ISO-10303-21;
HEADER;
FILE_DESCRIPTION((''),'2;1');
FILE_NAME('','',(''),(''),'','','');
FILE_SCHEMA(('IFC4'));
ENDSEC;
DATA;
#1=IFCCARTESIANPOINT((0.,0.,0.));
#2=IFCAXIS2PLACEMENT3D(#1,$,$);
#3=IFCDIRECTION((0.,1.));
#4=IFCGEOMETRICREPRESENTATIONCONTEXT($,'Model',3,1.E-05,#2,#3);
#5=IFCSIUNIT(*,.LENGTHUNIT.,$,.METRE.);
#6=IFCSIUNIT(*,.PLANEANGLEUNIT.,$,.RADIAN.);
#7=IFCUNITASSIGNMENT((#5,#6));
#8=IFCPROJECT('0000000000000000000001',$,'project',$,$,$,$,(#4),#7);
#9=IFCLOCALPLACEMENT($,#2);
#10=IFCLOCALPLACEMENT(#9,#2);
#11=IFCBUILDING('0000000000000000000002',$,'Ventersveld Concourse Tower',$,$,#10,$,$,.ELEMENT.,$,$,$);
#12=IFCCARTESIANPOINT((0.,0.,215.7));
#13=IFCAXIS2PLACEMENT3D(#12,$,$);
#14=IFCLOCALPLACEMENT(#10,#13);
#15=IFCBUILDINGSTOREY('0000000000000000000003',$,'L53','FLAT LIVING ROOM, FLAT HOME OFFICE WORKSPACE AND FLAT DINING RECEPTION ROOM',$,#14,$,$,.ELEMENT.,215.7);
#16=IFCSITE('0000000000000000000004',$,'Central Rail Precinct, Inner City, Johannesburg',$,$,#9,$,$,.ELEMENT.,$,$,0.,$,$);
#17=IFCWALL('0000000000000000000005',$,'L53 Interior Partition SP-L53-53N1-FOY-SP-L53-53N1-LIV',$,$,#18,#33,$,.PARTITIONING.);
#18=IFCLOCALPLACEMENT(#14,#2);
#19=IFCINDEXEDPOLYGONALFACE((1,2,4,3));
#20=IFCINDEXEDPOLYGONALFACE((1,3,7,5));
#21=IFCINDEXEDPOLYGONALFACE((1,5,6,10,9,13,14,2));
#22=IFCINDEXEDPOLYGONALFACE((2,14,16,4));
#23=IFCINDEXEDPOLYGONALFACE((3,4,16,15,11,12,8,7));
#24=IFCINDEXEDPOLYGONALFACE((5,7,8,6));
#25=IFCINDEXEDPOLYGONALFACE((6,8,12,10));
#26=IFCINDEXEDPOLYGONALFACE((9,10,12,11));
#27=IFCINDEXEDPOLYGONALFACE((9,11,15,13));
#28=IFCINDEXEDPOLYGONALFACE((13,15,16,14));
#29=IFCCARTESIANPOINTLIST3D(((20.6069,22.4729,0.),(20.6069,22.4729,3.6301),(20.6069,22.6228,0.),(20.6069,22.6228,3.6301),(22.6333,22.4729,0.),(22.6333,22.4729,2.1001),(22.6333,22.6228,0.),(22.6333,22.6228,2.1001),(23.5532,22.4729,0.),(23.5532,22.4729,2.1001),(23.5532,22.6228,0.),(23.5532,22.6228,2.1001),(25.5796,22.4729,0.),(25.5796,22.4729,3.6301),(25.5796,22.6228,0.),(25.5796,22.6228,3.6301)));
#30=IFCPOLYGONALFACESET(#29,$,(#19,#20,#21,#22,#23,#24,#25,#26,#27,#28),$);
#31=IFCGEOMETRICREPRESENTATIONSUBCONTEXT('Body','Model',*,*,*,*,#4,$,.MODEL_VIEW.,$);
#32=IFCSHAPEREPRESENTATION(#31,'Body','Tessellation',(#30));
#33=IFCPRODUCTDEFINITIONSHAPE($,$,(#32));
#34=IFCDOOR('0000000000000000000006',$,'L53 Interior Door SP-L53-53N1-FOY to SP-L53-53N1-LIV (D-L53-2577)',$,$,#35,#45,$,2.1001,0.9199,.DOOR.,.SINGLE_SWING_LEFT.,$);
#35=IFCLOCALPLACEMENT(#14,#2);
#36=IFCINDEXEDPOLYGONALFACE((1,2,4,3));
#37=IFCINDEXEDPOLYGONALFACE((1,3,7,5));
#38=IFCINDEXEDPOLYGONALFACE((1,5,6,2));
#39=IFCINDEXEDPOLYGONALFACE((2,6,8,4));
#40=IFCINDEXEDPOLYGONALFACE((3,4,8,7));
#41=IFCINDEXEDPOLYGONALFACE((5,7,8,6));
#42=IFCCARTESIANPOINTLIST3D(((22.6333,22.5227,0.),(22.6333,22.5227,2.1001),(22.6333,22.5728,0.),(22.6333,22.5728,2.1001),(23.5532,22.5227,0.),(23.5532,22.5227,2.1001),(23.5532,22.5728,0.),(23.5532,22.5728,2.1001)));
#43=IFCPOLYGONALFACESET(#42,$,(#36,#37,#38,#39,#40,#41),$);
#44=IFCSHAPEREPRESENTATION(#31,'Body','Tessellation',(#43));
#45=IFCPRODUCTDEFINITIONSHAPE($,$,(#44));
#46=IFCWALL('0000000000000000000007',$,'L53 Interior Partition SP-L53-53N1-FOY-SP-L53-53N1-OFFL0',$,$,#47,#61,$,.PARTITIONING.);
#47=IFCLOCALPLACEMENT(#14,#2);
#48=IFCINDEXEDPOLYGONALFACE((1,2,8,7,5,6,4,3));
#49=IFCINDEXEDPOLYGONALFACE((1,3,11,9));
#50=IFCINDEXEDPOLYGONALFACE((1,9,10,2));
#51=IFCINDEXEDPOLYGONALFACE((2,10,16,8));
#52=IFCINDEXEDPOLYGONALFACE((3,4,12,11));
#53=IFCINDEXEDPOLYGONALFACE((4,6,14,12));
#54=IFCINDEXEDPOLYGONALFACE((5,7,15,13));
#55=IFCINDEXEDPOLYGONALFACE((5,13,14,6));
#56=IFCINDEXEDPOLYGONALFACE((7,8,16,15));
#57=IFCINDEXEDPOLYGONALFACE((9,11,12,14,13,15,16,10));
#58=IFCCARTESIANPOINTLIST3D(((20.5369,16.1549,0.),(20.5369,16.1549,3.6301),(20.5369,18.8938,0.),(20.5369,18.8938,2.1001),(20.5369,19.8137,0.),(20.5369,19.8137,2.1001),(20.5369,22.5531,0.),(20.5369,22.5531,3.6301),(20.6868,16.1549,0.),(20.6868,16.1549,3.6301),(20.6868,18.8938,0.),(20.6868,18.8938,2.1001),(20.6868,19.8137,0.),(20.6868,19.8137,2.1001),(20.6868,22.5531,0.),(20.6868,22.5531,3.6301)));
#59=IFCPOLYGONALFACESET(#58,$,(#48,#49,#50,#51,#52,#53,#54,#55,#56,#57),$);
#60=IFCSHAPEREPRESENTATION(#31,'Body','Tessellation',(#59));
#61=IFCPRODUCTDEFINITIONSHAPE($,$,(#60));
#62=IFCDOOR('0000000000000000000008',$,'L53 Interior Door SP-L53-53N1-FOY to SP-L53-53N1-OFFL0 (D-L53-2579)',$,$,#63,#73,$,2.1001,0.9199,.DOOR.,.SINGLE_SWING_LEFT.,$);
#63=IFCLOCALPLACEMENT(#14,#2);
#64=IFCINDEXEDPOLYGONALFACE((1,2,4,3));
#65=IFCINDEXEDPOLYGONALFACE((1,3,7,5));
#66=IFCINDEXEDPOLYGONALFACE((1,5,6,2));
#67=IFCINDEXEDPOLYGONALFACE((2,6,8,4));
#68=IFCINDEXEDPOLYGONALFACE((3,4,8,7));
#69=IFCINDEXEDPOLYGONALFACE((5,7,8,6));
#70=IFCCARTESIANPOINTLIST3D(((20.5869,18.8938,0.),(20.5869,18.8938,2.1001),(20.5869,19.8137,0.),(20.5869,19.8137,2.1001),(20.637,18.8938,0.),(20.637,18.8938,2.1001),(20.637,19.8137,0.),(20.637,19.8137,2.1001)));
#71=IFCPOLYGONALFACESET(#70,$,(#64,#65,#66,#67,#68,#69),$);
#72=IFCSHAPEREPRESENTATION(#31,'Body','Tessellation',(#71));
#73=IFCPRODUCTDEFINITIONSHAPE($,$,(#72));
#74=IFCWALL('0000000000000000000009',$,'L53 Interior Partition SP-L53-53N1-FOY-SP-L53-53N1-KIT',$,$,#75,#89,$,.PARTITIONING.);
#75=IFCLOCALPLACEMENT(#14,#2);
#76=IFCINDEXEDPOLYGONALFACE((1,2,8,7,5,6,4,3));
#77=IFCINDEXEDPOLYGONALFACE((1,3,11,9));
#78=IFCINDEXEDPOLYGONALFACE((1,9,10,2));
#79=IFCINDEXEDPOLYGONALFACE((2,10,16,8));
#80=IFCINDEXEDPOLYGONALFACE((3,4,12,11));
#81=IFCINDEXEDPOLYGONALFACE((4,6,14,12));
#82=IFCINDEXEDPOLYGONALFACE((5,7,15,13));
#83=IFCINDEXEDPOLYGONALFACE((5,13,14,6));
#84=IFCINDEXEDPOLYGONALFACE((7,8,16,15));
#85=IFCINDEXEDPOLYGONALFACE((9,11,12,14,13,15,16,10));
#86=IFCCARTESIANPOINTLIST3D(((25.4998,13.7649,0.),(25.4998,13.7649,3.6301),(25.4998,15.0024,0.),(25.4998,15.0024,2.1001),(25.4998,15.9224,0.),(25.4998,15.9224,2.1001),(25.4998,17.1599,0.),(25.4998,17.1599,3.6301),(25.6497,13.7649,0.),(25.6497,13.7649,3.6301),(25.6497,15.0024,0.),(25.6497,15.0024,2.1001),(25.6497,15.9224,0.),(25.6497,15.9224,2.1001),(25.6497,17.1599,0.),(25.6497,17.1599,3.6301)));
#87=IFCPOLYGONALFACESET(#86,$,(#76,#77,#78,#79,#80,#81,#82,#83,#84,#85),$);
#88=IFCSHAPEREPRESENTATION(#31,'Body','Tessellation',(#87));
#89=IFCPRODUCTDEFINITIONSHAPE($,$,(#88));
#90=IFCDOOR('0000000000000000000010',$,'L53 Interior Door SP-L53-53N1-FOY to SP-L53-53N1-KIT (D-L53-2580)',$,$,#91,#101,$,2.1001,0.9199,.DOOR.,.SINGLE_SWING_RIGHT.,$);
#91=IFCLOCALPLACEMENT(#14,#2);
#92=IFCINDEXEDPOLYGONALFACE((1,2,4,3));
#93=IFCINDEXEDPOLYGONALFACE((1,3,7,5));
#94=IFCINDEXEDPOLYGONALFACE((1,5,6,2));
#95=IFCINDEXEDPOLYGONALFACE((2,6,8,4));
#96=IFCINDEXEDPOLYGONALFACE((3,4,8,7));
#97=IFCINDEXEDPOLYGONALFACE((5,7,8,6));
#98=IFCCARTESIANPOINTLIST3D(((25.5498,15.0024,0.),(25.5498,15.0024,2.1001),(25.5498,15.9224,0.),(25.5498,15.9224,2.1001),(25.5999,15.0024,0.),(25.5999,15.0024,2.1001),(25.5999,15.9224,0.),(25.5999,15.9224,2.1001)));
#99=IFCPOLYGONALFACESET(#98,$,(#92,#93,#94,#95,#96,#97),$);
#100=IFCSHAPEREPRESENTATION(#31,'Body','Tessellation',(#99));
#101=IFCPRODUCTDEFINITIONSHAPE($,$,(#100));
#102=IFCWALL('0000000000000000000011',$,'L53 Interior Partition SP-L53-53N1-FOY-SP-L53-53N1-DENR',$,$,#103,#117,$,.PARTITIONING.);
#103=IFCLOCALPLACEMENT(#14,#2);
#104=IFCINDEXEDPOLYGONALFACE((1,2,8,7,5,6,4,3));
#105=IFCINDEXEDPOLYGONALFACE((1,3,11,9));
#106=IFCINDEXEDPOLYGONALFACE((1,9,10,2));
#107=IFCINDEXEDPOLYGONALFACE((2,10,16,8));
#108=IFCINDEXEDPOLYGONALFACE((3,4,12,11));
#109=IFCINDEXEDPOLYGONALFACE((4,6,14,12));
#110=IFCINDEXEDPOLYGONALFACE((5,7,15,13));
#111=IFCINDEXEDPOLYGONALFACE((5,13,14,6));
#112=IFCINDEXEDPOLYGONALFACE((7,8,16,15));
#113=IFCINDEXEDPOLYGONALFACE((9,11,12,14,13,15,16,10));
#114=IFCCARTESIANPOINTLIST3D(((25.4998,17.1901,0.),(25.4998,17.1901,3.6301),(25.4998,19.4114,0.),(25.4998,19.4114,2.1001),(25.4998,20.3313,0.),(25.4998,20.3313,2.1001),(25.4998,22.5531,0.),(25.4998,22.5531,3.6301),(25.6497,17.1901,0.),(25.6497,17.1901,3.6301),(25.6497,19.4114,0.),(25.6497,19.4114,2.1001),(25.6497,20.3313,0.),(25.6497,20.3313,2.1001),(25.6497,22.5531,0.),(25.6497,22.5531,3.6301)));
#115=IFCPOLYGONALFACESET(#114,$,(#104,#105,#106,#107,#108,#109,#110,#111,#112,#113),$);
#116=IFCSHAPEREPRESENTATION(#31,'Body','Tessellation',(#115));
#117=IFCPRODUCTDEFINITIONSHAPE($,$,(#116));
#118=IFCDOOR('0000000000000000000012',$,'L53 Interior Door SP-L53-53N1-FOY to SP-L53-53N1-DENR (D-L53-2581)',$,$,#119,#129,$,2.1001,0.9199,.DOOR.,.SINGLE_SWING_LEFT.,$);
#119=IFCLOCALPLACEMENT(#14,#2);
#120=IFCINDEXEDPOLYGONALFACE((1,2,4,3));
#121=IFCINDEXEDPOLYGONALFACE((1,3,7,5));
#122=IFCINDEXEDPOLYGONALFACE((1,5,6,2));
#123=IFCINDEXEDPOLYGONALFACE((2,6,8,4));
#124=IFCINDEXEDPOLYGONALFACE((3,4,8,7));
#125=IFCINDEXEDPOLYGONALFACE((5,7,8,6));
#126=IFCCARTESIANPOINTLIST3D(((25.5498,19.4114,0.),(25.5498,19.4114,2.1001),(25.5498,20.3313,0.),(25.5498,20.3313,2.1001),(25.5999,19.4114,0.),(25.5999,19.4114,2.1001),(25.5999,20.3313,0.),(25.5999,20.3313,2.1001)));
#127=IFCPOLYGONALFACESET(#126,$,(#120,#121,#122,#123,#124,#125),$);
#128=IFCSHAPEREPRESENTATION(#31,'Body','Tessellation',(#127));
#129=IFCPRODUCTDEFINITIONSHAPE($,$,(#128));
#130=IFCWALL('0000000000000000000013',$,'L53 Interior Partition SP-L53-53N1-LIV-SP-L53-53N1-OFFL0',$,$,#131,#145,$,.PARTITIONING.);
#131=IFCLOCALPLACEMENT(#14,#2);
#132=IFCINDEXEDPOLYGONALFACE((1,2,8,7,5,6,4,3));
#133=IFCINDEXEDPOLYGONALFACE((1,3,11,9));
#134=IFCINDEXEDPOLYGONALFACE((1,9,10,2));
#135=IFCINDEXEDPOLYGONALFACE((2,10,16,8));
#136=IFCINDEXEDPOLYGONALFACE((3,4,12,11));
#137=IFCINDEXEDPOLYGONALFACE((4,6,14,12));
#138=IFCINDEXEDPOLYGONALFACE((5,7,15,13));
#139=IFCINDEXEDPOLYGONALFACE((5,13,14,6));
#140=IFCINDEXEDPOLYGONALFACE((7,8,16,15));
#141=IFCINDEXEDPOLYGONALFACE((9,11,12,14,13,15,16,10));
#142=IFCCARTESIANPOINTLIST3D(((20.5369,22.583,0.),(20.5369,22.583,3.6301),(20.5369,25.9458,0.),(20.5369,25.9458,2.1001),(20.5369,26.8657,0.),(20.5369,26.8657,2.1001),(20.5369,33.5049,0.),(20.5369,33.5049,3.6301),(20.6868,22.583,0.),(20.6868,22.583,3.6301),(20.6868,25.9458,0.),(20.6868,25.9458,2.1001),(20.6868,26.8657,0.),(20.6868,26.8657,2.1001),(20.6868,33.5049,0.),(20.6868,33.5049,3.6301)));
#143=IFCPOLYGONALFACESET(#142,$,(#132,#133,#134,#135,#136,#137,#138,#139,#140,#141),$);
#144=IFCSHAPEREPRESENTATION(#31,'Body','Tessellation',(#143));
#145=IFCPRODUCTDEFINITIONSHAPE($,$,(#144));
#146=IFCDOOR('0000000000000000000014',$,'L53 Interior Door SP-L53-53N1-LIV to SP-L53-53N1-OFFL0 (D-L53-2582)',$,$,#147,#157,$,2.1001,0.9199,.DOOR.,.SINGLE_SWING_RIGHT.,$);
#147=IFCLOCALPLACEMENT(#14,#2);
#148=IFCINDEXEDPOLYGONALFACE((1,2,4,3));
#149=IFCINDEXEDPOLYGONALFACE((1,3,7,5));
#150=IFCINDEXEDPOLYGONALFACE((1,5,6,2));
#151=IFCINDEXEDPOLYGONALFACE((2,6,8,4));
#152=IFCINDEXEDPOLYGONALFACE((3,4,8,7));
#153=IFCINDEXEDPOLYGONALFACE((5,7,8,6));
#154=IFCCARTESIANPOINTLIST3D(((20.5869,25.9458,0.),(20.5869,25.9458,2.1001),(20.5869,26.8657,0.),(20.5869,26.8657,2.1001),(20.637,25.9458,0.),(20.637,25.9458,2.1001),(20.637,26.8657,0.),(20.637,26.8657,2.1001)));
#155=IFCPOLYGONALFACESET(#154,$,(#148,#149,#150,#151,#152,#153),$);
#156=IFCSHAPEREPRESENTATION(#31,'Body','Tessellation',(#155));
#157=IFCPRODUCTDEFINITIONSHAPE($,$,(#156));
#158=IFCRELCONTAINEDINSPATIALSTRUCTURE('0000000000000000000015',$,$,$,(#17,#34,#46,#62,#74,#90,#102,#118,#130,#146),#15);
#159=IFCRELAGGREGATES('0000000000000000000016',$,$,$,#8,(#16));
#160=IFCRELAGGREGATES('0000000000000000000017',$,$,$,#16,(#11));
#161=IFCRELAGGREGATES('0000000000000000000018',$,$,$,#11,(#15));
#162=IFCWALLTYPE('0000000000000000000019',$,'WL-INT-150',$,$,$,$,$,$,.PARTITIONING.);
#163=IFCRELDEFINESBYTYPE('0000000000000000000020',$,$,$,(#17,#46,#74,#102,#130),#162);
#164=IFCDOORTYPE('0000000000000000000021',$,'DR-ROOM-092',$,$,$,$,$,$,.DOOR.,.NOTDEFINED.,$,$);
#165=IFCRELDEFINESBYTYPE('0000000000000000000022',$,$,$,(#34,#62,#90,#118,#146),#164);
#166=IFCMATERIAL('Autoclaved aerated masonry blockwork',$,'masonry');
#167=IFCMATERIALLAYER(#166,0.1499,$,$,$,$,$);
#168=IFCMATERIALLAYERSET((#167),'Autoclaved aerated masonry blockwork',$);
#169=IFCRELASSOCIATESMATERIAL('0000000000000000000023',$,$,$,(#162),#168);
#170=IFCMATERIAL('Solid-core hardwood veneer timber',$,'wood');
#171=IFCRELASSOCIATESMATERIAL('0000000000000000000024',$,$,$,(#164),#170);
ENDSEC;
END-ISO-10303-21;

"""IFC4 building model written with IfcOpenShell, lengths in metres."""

from ifc_helpers import new_model, si_unit, direction, frame, frame_2d, origin, place, context, subcontext, project, spatial, rectangle, extrude, material, layer, layer_set, type_object, element, fill, save


model = new_model("IFC4")

# Units and contexts
model_context = context("Model", 3, precision=1e-05, world=origin(), true_north=direction((0.0, 1.0)))
body_context = subcontext(model_context, "Body", "Model", "MODEL_VIEW")
ifc_project = project(units=[si_unit("LENGTHUNIT", "METRE"), si_unit("PLANEANGLEUNIT", "RADIAN")], contexts=[model_context])

# Site, building, storey
site_placement = place(None, origin())
site = spatial("IfcSite", under=ifc_project, at=site_placement, Name="Central Rail Precinct, Inner City, Johannesburg", CompositionType="ELEMENT", RefElevation=0.0)
building_placement = place(site_placement, origin())
building = spatial("IfcBuilding", under=site, at=building_placement, Name="Ventersveld Concourse Tower", CompositionType="ELEMENT")
storey_placement = place(building_placement, frame((0.0, 0.0, 215.7)))
storey = spatial("IfcBuildingStorey", under=building, at=storey_placement, Name="L53", Description="FLAT LIVING ROOM, FLAT HOME OFFICE WORKSPACE AND FLAT DINING RECEPTION ROOM", CompositionType="ELEMENT", Elevation=215.7)

# Shared definitions
ifc_material_1 = material(Name="Solid-core hardwood veneer timber", Category="wood")

# Walls, openings, doors
ifc_material_2 = material(Name="Autoclaved aerated masonry blockwork", Category="masonry")
ifc_layer_1 = layer(ifc_material_2, 0.1499)
ifc_layer_set_1 = layer_set([ifc_layer_1], Name="Autoclaved aerated masonry blockwork")
wall_type_1 = type_object("IfcWallType", Name="WL-INT-150", PredefinedType="PARTITIONING", material=ifc_layer_set_1)
wall_1_placement = place(storey_placement, frame((20.6069, 22.5479, 0.0), z_axis=(0.0, 0.0, 1.0), x_axis=(1.0, 0.0, 0.0)))
wall_1 = element("IfcWall", 1, at=wall_1_placement, inside=storey, type_object=wall_type_1, Name="L53 Interior Partition SP-L53-53N1-FOY-SP-L53-53N1-LIV", PredefinedType="PARTITIONING", context=body_context, shape_type="SweptSolid", body=[
    extrude(rectangle(XDim=4.9727, YDim=0.1499, at=frame_2d((2.4863, 0.0))), origin(), (0.0, 0.0, 1.0), 3.6301),
])
opening_1_placement = place(wall_1_placement, frame((2.0264, 0.0, 0.0)))
opening_1 = element("IfcOpeningElement", 2, at=opening_1_placement, cuts=wall_1, PredefinedType="OPENING", context=body_context, shape_type="SweptSolid", body=[
    extrude(rectangle(XDim=0.9199, YDim=2.1001, at=frame_2d((0.46, 1.05))), frame((0.0, 0.085, 0.0), z_axis=(0.0, -1.0, 0.0), x_axis=(1.0, 0.0, 0.0)), (0.0, 0.0, 1.0), 0.1699),
])
door_type_1 = type_object("IfcDoorType", Name="DR-ROOM-092", OperationType="NOTDEFINED", PredefinedType="DOOR", material=ifc_material_1)
door_1_placement = place(opening_1_placement, origin())
door_1 = element("IfcDoor", 3, at=door_1_placement, inside=storey, type_object=door_type_1, Name="L53 Interior Door SP-L53-53N1-FOY to SP-L53-53N1-LIV (D-L53-2577)", OperationType="SINGLE_SWING_LEFT", OverallHeight=2.1001, OverallWidth=0.9199, PredefinedType="DOOR", context=body_context, shape_type="SweptSolid", body=[
    extrude(rectangle(XDim=0.9199, YDim=2.1001, at=frame_2d((0.46, 1.05))), frame((0.0, 0.0249, 0.0), z_axis=(0.0, -1.0, 0.0), x_axis=(1.0, 0.0, 0.0)), (0.0, 0.0, 1.0), 0.05),
])
fill(opening_1, door_1)
wall_2_placement = place(storey_placement, frame((20.6118, 16.1548, 0.0), z_axis=(0.0, 0.0, 1.0), x_axis=(0.0, 1.0, 0.0)))
wall_2 = element("IfcWall", 4, at=wall_2_placement, inside=storey, type_object=wall_type_1, Name="L53 Interior Partition SP-L53-53N1-FOY-SP-L53-53N1-OFFL0", PredefinedType="PARTITIONING", context=body_context, shape_type="SweptSolid", body=[
    extrude(rectangle(XDim=6.3982, YDim=0.1499, at=frame_2d((3.1992, 0.0))), origin(), (0.0, 0.0, 1.0), 3.6301),
])
opening_2_placement = place(wall_2_placement, frame((2.739, 0.0, 0.0)))
opening_2 = element("IfcOpeningElement", 5, at=opening_2_placement, cuts=wall_2, PredefinedType="OPENING", context=body_context, shape_type="SweptSolid", body=[
    extrude(rectangle(XDim=0.9199, YDim=2.1001, at=frame_2d((0.46, 1.05))), frame((0.0, 0.085, 0.0), z_axis=(0.0, -1.0, 0.0), x_axis=(1.0, 0.0, 0.0)), (0.0, 0.0, 1.0), 0.1699),
])
door_2_placement = place(opening_2_placement, origin())
door_2 = element("IfcDoor", 6, at=door_2_placement, inside=storey, type_object=door_type_1, Name="L53 Interior Door SP-L53-53N1-FOY to SP-L53-53N1-OFFL0 (D-L53-2579)", OperationType="SINGLE_SWING_LEFT", OverallHeight=2.1001, OverallWidth=0.9199, PredefinedType="DOOR", context=body_context, shape_type="SweptSolid", body=[
    extrude(rectangle(XDim=0.9199, YDim=2.1001, at=frame_2d((0.46, 1.05))), frame((0.0, 0.0249, 0.0), z_axis=(0.0, -1.0, 0.0), x_axis=(1.0, 0.0, 0.0)), (0.0, 0.0, 1.0), 0.05),
])
fill(opening_2, door_2)
wall_3_placement = place(storey_placement, frame((25.5747, 13.7649, 0.0), z_axis=(0.0, 0.0, 1.0), x_axis=(0.0, 1.0, 0.0)))
wall_3 = element("IfcWall", 7, at=wall_3_placement, inside=storey, type_object=wall_type_1, Name="L53 Interior Partition SP-L53-53N1-FOY-SP-L53-53N1-KIT", PredefinedType="PARTITIONING", context=body_context, shape_type="SweptSolid", body=[
    extrude(rectangle(XDim=3.395, YDim=0.1499, at=frame_2d((1.6975, 0.0))), origin(), (0.0, 0.0, 1.0), 3.6301),
])
opening_3_placement = place(wall_3_placement, frame((1.2375, 0.0, 0.0)))
opening_3 = element("IfcOpeningElement", 8, at=opening_3_placement, cuts=wall_3, PredefinedType="OPENING", context=body_context, shape_type="SweptSolid", body=[
    extrude(rectangle(XDim=0.9199, YDim=2.1001, at=frame_2d((0.46, 1.05))), frame((0.0, 0.085, 0.0), z_axis=(0.0, -1.0, 0.0), x_axis=(1.0, 0.0, 0.0)), (0.0, 0.0, 1.0), 0.1699),
])
door_3_placement = place(opening_3_placement, origin())
door_3 = element("IfcDoor", 9, at=door_3_placement, inside=storey, type_object=door_type_1, Name="L53 Interior Door SP-L53-53N1-FOY to SP-L53-53N1-KIT (D-L53-2580)", OperationType="SINGLE_SWING_RIGHT", OverallHeight=2.1001, OverallWidth=0.9199, PredefinedType="DOOR", context=body_context, shape_type="SweptSolid", body=[
    extrude(rectangle(XDim=0.9199, YDim=2.1001, at=frame_2d((0.46, 1.05))), frame((0.0, 0.0249, 0.0), z_axis=(0.0, -1.0, 0.0), x_axis=(1.0, 0.0, 0.0)), (0.0, 0.0, 1.0), 0.05),
])
fill(opening_3, door_3)
wall_4_placement = place(storey_placement, frame((25.5747, 17.1899, 0.0), z_axis=(0.0, 0.0, 1.0), x_axis=(0.0, 1.0, 0.0)))
wall_4 = element("IfcWall", 10, at=wall_4_placement, inside=storey, type_object=wall_type_1, Name="L53 Interior Partition SP-L53-53N1-FOY-SP-L53-53N1-DENR", PredefinedType="PARTITIONING", context=body_context, shape_type="SweptSolid", body=[
    extrude(rectangle(XDim=5.363, YDim=0.1499, at=frame_2d((2.6816, 0.0))), origin(), (0.0, 0.0, 1.0), 3.6301),
])
opening_4_placement = place(wall_4_placement, frame((2.2214, 0.0, 0.0)))
opening_4 = element("IfcOpeningElement", 11, at=opening_4_placement, cuts=wall_4, PredefinedType="OPENING", context=body_context, shape_type="SweptSolid", body=[
    extrude(rectangle(XDim=0.9199, YDim=2.1001, at=frame_2d((0.46, 1.05))), frame((0.0, 0.085, 0.0), z_axis=(0.0, -1.0, 0.0), x_axis=(1.0, 0.0, 0.0)), (0.0, 0.0, 1.0), 0.1699),
])
door_4_placement = place(opening_4_placement, origin())
door_4 = element("IfcDoor", 12, at=door_4_placement, inside=storey, type_object=door_type_1, Name="L53 Interior Door SP-L53-53N1-FOY to SP-L53-53N1-DENR (D-L53-2581)", OperationType="SINGLE_SWING_LEFT", OverallHeight=2.1001, OverallWidth=0.9199, PredefinedType="DOOR", context=body_context, shape_type="SweptSolid", body=[
    extrude(rectangle(XDim=0.9199, YDim=2.1001, at=frame_2d((0.46, 1.05))), frame((0.0, 0.0249, 0.0), z_axis=(0.0, -1.0, 0.0), x_axis=(1.0, 0.0, 0.0)), (0.0, 0.0, 1.0), 0.05),
])
fill(opening_4, door_4)
wall_5_placement = place(storey_placement, frame((20.6118, 22.583, 0.0), z_axis=(0.0, 0.0, 1.0), x_axis=(0.0, 1.0, 0.0)))
wall_5 = element("IfcWall", 13, at=wall_5_placement, inside=storey, type_object=wall_type_1, Name="L53 Interior Partition SP-L53-53N1-LIV-SP-L53-53N1-OFFL0", PredefinedType="PARTITIONING", context=body_context, shape_type="SweptSolid", body=[
    extrude(rectangle(XDim=10.9219, YDim=0.1499, at=frame_2d((5.4609, 0.0))), origin(), (0.0, 0.0, 1.0), 3.6301),
])
opening_5_placement = place(wall_5_placement, frame((3.3628, 0.0, 0.0)))
opening_5 = element("IfcOpeningElement", 14, at=opening_5_placement, cuts=wall_5, PredefinedType="OPENING", context=body_context, shape_type="SweptSolid", body=[
    extrude(rectangle(XDim=0.9199, YDim=2.1001, at=frame_2d((0.46, 1.05))), frame((0.0, 0.085, 0.0), z_axis=(0.0, -1.0, 0.0), x_axis=(1.0, 0.0, 0.0)), (0.0, 0.0, 1.0), 0.1699),
])
door_5_placement = place(opening_5_placement, origin())
door_5 = element("IfcDoor", 15, at=door_5_placement, inside=storey, type_object=door_type_1, Name="L53 Interior Door SP-L53-53N1-LIV to SP-L53-53N1-OFFL0 (D-L53-2582)", OperationType="SINGLE_SWING_RIGHT", OverallHeight=2.1001, OverallWidth=0.9199, PredefinedType="DOOR", context=body_context, shape_type="SweptSolid", body=[
    extrude(rectangle(XDim=0.9199, YDim=2.1001, at=frame_2d((0.46, 1.05))), frame((0.0, 0.0249, 0.0), z_axis=(0.0, -1.0, 0.0), x_axis=(1.0, 0.0, 0.0)), (0.0, 0.0, 1.0), 0.05),
])
fill(opening_5, door_5)

save(model, "model.ifc")
